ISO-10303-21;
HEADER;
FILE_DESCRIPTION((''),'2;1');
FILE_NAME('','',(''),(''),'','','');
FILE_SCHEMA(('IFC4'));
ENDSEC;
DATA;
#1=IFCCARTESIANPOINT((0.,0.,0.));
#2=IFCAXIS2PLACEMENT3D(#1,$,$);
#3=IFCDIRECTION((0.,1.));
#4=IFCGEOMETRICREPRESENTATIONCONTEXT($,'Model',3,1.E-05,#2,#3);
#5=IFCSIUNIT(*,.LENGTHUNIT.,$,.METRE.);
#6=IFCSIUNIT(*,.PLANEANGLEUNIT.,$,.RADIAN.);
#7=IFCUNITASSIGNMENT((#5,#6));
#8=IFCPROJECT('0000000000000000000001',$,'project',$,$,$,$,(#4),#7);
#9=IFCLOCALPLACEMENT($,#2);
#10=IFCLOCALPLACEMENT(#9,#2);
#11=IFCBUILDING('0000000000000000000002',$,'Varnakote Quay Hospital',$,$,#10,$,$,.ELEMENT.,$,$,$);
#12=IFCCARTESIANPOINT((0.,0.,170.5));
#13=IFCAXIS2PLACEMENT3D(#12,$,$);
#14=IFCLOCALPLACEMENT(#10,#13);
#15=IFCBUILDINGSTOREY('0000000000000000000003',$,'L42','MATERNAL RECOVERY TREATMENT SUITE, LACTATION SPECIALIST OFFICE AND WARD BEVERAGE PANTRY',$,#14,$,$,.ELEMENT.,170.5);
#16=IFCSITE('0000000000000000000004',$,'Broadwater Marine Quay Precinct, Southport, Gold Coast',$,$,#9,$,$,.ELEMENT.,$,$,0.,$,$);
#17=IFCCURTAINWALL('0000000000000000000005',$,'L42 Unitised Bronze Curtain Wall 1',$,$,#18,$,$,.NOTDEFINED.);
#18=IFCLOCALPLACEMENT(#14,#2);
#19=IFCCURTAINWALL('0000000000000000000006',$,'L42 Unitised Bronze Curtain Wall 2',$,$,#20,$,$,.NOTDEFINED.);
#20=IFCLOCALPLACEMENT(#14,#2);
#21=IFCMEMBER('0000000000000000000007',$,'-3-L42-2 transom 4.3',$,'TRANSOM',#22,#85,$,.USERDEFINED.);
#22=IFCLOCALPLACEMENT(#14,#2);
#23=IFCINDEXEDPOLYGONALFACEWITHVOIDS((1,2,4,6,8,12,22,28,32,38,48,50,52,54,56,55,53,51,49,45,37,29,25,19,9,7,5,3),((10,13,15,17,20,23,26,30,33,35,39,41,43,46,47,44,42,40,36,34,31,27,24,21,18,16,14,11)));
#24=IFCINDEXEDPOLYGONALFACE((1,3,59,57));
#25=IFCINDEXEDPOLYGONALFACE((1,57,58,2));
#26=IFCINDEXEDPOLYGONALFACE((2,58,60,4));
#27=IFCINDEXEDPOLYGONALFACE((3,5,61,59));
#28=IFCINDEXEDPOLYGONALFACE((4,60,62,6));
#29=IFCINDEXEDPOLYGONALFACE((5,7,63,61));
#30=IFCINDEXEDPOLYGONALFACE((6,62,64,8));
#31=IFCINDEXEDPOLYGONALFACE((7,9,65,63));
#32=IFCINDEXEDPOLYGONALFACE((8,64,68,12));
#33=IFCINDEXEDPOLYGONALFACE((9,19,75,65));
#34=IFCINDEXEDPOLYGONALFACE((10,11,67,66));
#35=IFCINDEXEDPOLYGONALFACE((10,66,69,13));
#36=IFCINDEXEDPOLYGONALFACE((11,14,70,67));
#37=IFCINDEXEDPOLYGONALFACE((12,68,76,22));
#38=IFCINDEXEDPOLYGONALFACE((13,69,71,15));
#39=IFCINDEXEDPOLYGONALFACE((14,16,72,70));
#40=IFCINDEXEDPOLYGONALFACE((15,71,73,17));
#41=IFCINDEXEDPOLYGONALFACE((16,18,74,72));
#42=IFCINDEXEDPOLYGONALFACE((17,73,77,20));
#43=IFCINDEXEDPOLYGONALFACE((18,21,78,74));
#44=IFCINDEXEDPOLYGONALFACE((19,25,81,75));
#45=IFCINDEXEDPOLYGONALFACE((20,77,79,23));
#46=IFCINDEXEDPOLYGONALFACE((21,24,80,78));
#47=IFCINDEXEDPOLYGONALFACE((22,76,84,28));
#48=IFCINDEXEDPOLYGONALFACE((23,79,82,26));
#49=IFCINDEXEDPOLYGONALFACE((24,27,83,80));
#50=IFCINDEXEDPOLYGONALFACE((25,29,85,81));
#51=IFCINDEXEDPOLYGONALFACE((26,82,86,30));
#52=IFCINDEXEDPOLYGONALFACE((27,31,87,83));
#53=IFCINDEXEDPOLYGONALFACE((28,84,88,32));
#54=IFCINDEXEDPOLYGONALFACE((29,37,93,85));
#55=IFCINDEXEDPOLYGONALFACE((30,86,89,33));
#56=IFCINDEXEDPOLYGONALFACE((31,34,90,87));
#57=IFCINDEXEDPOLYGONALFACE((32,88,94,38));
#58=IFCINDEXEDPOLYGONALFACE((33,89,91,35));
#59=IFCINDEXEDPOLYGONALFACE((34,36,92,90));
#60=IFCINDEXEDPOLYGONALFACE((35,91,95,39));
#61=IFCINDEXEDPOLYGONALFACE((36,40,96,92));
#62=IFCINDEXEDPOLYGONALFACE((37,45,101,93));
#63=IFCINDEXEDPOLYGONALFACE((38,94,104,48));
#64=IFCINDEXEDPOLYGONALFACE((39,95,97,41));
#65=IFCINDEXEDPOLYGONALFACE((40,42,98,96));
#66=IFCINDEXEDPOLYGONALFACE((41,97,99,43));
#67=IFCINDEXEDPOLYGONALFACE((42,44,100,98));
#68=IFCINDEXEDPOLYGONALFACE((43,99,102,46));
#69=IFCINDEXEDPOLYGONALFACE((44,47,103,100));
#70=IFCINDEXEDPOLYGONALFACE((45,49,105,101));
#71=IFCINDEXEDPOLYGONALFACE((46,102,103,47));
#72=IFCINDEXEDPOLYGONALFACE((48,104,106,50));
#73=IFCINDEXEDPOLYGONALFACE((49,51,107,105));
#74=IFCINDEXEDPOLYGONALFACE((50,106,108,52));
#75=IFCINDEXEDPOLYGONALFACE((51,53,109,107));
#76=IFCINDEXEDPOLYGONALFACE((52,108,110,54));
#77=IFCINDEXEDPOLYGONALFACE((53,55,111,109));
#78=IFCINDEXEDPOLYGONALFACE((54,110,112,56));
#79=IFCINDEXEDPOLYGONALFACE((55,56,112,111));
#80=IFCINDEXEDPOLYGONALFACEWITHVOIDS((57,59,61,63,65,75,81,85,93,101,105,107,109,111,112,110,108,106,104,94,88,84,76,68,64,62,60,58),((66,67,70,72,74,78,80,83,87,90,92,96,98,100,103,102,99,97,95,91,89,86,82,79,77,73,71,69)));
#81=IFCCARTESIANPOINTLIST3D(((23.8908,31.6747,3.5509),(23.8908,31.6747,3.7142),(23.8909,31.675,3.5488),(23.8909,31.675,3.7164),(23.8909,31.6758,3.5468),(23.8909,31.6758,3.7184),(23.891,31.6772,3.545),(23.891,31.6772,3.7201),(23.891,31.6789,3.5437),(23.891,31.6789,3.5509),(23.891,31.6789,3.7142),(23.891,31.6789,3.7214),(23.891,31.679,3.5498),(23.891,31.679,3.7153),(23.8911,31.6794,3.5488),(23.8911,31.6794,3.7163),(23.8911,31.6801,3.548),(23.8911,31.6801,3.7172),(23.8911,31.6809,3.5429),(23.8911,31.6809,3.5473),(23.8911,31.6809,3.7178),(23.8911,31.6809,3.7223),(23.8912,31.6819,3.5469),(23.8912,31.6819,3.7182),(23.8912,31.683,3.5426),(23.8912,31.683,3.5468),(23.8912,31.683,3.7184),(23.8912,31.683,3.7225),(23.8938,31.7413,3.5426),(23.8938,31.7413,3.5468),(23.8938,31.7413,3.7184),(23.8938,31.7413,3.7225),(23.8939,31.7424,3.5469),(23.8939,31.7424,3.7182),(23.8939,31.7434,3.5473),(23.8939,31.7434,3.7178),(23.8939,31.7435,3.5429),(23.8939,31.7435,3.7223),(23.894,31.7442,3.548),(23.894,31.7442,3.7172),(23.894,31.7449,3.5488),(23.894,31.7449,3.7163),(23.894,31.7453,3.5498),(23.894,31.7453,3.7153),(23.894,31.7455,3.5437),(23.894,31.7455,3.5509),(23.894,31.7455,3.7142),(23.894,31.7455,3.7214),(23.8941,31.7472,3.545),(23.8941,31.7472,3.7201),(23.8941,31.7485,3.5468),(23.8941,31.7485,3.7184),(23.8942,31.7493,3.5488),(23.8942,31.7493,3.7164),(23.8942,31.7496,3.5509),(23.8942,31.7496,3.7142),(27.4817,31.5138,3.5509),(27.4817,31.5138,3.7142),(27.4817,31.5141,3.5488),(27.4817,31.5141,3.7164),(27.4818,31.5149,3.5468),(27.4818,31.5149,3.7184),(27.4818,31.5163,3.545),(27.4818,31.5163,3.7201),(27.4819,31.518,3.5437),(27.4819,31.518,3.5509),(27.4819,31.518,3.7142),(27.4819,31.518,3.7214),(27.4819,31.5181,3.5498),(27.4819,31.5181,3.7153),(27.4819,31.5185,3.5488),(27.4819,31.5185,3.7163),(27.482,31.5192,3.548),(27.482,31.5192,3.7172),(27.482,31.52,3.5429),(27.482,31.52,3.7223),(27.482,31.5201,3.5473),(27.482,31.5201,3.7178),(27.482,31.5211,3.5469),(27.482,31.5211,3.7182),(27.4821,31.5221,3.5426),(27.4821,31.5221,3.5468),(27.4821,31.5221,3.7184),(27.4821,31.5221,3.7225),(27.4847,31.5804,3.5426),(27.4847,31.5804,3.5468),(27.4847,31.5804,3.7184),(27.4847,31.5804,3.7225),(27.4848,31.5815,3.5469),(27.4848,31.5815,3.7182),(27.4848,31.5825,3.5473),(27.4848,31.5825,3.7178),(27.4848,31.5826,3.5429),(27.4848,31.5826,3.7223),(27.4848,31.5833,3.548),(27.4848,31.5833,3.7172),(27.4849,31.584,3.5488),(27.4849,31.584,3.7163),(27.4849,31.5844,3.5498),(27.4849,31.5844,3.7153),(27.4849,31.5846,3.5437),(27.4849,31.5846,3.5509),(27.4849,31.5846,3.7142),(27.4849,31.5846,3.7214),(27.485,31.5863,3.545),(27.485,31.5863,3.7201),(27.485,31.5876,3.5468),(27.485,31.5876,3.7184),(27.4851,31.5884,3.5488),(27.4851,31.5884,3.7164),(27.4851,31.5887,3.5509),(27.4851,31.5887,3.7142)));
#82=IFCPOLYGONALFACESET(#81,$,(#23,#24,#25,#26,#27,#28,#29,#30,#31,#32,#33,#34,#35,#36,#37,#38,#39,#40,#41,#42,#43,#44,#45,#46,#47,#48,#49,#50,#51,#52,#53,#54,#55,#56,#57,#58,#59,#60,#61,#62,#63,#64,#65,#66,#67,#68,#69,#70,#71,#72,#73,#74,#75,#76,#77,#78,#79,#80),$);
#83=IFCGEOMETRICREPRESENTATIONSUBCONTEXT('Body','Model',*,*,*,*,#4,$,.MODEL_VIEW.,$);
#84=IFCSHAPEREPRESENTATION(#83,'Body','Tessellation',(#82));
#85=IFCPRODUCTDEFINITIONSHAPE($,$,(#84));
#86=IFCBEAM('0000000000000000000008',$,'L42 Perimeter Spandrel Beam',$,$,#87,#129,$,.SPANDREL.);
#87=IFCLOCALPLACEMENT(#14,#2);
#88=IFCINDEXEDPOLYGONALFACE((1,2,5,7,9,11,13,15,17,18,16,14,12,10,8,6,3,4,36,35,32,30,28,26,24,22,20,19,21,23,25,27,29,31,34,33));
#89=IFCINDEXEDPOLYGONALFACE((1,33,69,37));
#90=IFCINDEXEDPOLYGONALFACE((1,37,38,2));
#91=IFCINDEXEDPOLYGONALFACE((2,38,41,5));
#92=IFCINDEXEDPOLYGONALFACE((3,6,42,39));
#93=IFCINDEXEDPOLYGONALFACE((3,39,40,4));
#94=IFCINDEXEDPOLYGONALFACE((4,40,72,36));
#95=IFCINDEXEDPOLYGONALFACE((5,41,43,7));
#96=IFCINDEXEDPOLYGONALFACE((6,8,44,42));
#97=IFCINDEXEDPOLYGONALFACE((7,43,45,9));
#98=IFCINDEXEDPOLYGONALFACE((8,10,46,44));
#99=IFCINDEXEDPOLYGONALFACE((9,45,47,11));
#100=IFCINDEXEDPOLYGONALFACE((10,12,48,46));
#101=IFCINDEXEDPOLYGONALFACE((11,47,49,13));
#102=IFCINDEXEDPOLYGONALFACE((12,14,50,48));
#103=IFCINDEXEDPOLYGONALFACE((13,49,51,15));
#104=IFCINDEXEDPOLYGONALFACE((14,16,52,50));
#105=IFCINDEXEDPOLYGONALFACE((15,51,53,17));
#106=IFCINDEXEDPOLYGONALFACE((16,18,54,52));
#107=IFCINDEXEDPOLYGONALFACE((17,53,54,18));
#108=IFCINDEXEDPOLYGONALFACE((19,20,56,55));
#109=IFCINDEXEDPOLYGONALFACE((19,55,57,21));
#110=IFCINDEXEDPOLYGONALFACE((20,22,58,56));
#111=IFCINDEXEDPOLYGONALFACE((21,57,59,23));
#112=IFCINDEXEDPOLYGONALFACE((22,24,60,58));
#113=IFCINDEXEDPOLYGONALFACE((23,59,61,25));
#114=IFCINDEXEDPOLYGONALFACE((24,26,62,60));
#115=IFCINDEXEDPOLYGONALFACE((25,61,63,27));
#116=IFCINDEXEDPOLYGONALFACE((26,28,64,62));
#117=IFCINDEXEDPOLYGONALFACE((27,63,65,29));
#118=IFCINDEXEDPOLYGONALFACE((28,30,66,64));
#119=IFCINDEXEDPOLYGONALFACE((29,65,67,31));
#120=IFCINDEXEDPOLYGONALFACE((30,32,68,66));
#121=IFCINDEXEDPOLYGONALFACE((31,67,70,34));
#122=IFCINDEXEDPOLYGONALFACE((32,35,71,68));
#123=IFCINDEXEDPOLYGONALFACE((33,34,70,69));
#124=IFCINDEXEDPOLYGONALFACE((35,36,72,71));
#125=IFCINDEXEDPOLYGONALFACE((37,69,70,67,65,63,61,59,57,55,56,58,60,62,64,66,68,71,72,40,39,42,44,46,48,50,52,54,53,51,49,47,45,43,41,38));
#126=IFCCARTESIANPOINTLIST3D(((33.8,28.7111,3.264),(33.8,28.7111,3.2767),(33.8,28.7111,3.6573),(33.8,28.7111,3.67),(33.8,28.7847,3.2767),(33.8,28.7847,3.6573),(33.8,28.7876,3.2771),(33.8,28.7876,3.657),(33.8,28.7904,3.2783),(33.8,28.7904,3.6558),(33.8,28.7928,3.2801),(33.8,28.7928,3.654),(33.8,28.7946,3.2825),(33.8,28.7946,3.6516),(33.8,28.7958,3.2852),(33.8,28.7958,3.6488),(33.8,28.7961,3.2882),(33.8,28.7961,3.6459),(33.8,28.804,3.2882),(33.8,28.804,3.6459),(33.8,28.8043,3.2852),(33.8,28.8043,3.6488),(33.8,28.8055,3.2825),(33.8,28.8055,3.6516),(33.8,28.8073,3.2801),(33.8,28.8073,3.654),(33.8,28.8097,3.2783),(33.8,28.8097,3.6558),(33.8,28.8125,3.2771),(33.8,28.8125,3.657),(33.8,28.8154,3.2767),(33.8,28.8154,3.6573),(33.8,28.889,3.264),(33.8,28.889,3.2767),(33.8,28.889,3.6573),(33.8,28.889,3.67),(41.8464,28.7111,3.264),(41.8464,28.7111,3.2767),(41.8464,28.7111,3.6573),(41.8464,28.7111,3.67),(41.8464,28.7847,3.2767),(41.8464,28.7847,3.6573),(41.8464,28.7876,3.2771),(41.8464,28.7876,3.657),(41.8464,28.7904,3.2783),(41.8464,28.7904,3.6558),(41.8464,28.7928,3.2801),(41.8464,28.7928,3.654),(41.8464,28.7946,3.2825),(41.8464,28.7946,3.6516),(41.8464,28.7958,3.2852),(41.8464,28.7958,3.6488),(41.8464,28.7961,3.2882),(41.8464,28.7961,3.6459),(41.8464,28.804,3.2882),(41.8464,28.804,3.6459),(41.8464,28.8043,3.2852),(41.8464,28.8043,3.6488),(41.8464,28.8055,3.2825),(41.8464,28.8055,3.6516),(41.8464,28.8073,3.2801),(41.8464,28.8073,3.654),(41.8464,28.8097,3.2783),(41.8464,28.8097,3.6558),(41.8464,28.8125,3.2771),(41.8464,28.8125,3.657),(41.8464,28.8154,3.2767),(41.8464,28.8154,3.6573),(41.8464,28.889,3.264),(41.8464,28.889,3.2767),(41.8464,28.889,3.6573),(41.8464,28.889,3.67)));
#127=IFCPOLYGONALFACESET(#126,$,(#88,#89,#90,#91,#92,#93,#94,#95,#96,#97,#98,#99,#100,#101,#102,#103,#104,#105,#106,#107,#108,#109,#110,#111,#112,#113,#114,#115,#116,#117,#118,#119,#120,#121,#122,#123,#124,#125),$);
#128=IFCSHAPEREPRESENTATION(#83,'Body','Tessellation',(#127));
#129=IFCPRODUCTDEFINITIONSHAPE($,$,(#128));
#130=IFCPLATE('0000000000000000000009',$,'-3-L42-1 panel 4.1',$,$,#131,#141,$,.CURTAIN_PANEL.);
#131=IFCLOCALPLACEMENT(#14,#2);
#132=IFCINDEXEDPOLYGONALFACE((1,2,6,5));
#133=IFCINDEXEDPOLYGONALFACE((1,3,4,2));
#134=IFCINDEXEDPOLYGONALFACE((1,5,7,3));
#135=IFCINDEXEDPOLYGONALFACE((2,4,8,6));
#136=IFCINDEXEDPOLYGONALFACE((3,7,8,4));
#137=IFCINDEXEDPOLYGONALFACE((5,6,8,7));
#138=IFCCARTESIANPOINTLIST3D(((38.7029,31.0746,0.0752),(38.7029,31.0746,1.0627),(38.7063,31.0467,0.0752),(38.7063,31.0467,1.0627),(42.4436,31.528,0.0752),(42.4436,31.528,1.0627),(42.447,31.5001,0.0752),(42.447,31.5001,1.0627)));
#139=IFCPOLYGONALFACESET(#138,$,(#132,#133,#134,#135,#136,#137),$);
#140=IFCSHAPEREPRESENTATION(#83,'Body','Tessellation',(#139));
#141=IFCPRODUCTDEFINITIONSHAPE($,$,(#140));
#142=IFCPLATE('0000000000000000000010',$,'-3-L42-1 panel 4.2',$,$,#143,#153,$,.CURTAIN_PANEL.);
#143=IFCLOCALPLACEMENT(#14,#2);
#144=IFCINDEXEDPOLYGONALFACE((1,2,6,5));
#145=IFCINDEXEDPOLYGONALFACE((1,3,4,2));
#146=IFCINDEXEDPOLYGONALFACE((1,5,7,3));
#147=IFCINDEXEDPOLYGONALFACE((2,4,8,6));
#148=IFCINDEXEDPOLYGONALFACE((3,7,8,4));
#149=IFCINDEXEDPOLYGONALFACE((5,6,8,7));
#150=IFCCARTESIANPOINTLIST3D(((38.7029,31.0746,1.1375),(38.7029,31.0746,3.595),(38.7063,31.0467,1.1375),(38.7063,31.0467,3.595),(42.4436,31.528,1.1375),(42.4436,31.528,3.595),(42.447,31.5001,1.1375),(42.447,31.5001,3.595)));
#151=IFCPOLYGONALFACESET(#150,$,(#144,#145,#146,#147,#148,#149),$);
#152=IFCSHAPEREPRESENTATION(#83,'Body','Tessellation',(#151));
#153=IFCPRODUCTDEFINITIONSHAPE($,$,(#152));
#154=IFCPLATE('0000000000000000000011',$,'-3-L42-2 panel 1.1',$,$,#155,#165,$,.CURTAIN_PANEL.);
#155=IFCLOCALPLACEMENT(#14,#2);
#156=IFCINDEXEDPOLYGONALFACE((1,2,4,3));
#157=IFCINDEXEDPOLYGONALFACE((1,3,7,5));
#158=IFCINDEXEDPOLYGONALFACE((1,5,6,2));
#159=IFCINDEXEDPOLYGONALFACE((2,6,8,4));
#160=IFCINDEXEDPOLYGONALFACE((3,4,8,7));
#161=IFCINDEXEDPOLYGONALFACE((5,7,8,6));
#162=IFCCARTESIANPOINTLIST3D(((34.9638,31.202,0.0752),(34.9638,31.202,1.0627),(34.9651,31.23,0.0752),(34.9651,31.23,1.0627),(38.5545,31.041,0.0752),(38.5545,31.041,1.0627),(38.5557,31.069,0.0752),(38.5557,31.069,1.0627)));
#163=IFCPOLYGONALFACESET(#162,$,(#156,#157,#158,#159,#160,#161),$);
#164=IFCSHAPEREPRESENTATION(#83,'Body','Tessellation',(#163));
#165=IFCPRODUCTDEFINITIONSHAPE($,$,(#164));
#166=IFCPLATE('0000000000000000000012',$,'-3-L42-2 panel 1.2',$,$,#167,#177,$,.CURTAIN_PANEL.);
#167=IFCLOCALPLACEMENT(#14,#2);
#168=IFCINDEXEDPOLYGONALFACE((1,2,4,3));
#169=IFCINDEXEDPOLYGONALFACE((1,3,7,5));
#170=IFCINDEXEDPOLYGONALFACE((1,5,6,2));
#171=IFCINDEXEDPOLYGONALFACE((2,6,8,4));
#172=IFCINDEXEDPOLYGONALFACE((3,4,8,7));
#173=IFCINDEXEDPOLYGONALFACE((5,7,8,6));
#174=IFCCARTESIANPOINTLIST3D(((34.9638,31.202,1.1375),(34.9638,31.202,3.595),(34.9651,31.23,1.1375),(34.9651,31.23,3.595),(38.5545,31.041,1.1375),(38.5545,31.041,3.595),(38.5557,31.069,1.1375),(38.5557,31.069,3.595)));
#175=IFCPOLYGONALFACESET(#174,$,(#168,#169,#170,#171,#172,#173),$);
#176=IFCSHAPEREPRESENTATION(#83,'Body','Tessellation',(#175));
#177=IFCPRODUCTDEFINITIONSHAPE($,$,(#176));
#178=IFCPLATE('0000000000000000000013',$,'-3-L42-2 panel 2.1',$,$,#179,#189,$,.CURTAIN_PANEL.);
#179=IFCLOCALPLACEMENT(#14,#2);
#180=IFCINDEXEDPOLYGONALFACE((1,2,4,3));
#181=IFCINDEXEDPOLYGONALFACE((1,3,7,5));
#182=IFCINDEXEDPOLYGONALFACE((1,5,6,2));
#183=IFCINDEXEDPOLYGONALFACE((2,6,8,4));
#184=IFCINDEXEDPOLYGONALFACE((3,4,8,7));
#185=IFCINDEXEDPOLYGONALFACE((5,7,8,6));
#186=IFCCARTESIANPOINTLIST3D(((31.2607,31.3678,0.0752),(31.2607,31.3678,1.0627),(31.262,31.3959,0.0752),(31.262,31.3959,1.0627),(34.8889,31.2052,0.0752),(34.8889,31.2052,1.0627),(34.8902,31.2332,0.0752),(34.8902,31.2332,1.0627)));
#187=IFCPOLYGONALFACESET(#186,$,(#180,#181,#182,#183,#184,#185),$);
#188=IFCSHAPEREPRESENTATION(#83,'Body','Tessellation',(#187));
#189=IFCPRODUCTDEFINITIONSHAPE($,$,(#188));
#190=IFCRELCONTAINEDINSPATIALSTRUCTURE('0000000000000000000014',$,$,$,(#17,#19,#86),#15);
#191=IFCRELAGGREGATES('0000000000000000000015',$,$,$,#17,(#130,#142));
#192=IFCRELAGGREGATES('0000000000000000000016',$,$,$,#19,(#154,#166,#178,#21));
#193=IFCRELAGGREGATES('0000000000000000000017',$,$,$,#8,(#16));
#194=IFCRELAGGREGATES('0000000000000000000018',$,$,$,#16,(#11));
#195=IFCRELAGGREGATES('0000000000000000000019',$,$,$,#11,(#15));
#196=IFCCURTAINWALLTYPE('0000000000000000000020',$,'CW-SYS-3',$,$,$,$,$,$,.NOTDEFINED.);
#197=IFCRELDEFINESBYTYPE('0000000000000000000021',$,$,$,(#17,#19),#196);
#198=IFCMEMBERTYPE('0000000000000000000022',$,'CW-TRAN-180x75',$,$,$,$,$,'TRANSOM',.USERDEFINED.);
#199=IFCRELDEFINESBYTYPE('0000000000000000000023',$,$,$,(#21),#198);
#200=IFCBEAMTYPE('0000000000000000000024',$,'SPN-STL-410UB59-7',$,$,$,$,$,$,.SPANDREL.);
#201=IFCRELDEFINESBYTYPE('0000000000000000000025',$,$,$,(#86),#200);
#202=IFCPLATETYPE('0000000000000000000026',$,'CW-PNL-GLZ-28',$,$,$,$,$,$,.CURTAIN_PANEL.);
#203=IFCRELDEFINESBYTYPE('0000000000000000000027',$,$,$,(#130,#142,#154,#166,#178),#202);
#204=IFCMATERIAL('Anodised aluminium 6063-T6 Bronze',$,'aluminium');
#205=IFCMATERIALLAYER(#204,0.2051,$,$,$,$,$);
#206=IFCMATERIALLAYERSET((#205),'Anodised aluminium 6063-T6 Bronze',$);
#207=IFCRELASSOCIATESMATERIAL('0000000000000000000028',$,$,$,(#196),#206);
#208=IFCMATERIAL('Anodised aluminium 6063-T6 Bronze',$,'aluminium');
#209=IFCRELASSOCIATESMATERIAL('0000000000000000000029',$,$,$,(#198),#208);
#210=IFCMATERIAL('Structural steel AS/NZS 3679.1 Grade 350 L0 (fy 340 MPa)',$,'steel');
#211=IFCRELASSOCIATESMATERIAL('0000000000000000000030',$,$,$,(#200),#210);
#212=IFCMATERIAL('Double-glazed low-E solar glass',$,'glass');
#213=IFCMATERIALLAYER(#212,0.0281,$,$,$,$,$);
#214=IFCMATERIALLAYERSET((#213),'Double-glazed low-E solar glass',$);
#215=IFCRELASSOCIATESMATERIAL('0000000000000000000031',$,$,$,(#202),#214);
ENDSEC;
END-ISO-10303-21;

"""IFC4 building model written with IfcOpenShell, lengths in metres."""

from ifc_helpers import new_model, si_unit, direction, frame, origin, origin_2d, place, context, subcontext, project, spatial, rectangle, hollow_rectangle, i_section, extrude, material, layer, layer_set, material_profile, profile_set, type_object, element, aggregate, save


model = new_model("IFC4")

# Units and contexts
model_context = context("Model", 3, precision=1e-05, world=origin(), true_north=direction((0.0, 1.0)))
body_context = subcontext(model_context, "Body", "Model", "MODEL_VIEW")
ifc_project = project(units=[si_unit("LENGTHUNIT", "METRE"), si_unit("PLANEANGLEUNIT", "RADIAN")], contexts=[model_context])

# Site, building, storey
site_placement = place(None, origin())
site = spatial("IfcSite", under=ifc_project, at=site_placement, Name="Broadwater Marine Quay Precinct, Southport, Gold Coast", CompositionType="ELEMENT", RefElevation=0.0)
building_placement = place(site_placement, origin())
building = spatial("IfcBuilding", under=site, at=building_placement, Name="Varnakote Quay Hospital", CompositionType="ELEMENT")
storey_placement = place(building_placement, frame((0.0, 0.0, 170.5)))
storey = spatial("IfcBuildingStorey", under=building, at=storey_placement, Name="L42", Description="MATERNAL RECOVERY TREATMENT SUITE, LACTATION SPECIALIST OFFICE AND WARD BEVERAGE PANTRY", CompositionType="ELEMENT", Elevation=170.5)

# Curtain wall
ifc_material_1 = material(Name="Anodised aluminium 6063-T6 Bronze", Category="aluminium")
ifc_layer_1 = layer(ifc_material_1, 0.2051)
ifc_layer_set_1 = layer_set([ifc_layer_1], Name="Anodised aluminium 6063-T6 Bronze")
curtain_wall_type = type_object("IfcCurtainWallType", Name="CW-SYS-3", PredefinedType="NOTDEFINED", material=ifc_layer_set_1)
curtain_wall_1_placement = place(storey_placement, origin())
curtain_wall_1 = element("IfcCurtainWall", 1, at=curtain_wall_1_placement, inside=storey, type_object=curtain_wall_type, Name="L42 Unitised Bronze Curtain Wall 1", PredefinedType="NOTDEFINED")

# Curtain wall, member
curtain_wall_2_placement = place(storey_placement, origin())
curtain_wall_2 = element("IfcCurtainWall", 2, at=curtain_wall_2_placement, inside=storey, type_object=curtain_wall_type, Name="L42 Unitised Bronze Curtain Wall 2", PredefinedType="NOTDEFINED")
ifc_material_2 = material(Name="Anodised aluminium 6063-T6 Bronze", Category="aluminium")
ifc_material_profile_1 = material_profile(ifc_material_2, hollow_rectangle(XDim=0.075, YDim=0.1799, WallThickness=0.0042, InnerFilletRadius=0.0042, OuterFilletRadius=0.0083, at=origin_2d()), Name="CW-TRAN-180x75")
ifc_profile_set_1 = profile_set([ifc_material_profile_1], Name="Anodised aluminium 6063-T6 Bronze")
member_type_1 = type_object("IfcMemberType", Name="CW-TRAN-180x75", ElementType="TRANSOM", PredefinedType="USERDEFINED", material=ifc_profile_set_1)
member_1_placement = place(storey_placement, frame((27.4834, 31.5513, 3.6326), z_axis=(-0.998998, 0.044761, 0.0), x_axis=(-0.044761, -0.998998, 0.0)))
member_1 = element("IfcMember", 3, at=member_1_placement, type_object=member_type_1, Name="-3-L42-2 transom 4.3", ObjectType="TRANSOM", PredefinedType="USERDEFINED", context=body_context, shape_type="SweptSolid", body=[
    extrude(hollow_rectangle(XDim=0.075, YDim=0.1799, WallThickness=0.0042, InnerFilletRadius=0.0042, OuterFilletRadius=0.0083, at=origin_2d()), origin(), (0.0, 0.0, 1.0), 3.5945),
])

# Beam
ifc_material_3 = material(Name="Structural steel AS/NZS 3679.1 Grade 350 L0 (fy 340 MPa)", Category="steel")
ifc_material_profile_2 = material_profile(ifc_material_3, i_section(OverallWidth=0.178, OverallDepth=0.406, WebThickness=0.0078, FlangeThickness=0.0127, FilletRadius=0.0115, at=origin_2d()), Name="410UB59.7")
ifc_profile_set_2 = profile_set([ifc_material_profile_2], Name="Structural steel AS/NZS 3679.1 Grade 350 L0 (fy 340 MPa)")
beam_type = type_object("IfcBeamType", Name="SPN-STL-410UB59-7", PredefinedType="SPANDREL", material=ifc_profile_set_2)
beam_placement = place(storey_placement, frame((33.8, 28.8, 3.467), z_axis=(1.0, 0.0, 0.0), x_axis=(0.0, 1.0, 0.0)))
element("IfcBeam", 4, at=beam_placement, inside=storey, type_object=beam_type, Name="L42 Perimeter Spandrel Beam", PredefinedType="SPANDREL", context=body_context, shape_type="SweptSolid", body=[
    extrude(i_section(OverallWidth=0.178, OverallDepth=0.406, WebThickness=0.0078, FlangeThickness=0.0127, FilletRadius=0.0115, at=origin_2d()), origin(), (0.0, 0.0, 1.0), 8.0464),
])

# Plates
ifc_material_4 = material(Name="Double-glazed low-E solar glass", Category="glass")
ifc_layer_2 = layer(ifc_material_4, 0.0281)
ifc_layer_set_2 = layer_set([ifc_layer_2], Name="Double-glazed low-E solar glass")
plate_type = type_object("IfcPlateType", Name="CW-PNL-GLZ-28", PredefinedType="CURTAIN_PANEL", material=ifc_layer_set_2)
plate_1_placement = place(storey_placement, frame((40.575, 31.2874, 0.0752), z_axis=(0.0, 0.0, 1.0), x_axis=(-0.992734, -0.120327, 0.0)))
plate_1 = element("IfcPlate", 5, at=plate_1_placement, type_object=plate_type, Name="-3-L42-1 panel 4.1", PredefinedType="CURTAIN_PANEL", context=body_context, shape_type="SweptSolid", body=[
    extrude(rectangle(XDim=3.7681, YDim=0.0281, at=origin_2d()), origin(), (0.0, 0.0, 1.0), 0.9875),
])
plate_2_placement = place(storey_placement, frame((40.575, 31.2874, 1.1375), z_axis=(0.0, 0.0, 1.0), x_axis=(-0.992734, -0.120327, 0.0)))
plate_2 = element("IfcPlate", 6, at=plate_2_placement, type_object=plate_type, Name="-3-L42-1 panel 4.2", PredefinedType="CURTAIN_PANEL", context=body_context, shape_type="SweptSolid", body=[
    extrude(rectangle(XDim=3.7681, YDim=0.0281, at=origin_2d()), origin(), (0.0, 0.0, 1.0), 2.4575),
])
aggregate(curtain_wall_1, [plate_1, plate_2])
plate_3_placement = place(storey_placement, frame((36.7598, 31.1355, 0.0752), z_axis=(0.0, 0.0, 1.0), x_axis=(-0.998997, 0.044782, 0.0)))
plate_3 = element("IfcPlate", 7, at=plate_3_placement, type_object=plate_type, Name="-3-L42-2 panel 1.1", PredefinedType="CURTAIN_PANEL", context=body_context, shape_type="SweptSolid", body=[
    extrude(rectangle(XDim=3.5942, YDim=0.0281, at=origin_2d()), origin(), (0.0, 0.0, 1.0), 0.9875),
])
plate_4_placement = place(storey_placement, frame((36.7598, 31.1355, 1.1375), z_axis=(0.0, 0.0, 1.0), x_axis=(-0.998997, 0.044782, 0.0)))
plate_4 = element("IfcPlate", 8, at=plate_4_placement, type_object=plate_type, Name="-3-L42-2 panel 1.2", PredefinedType="CURTAIN_PANEL", context=body_context, shape_type="SweptSolid", body=[
    extrude(rectangle(XDim=3.5942, YDim=0.0281, at=origin_2d()), origin(), (0.0, 0.0, 1.0), 2.4575),
])
plate_5_placement = place(storey_placement, frame((33.0754, 31.3005, 0.0752), z_axis=(0.0, 0.0, 1.0), x_axis=(-0.998997, 0.044782, 0.0)))
plate_5 = element("IfcPlate", 9, at=plate_5_placement, type_object=plate_type, Name="-3-L42-2 panel 2.1", PredefinedType="CURTAIN_PANEL", context=body_context, shape_type="SweptSolid", body=[
    extrude(rectangle(XDim=3.6318, YDim=0.0281, at=origin_2d()), origin(), (0.0, 0.0, 1.0), 0.9875),
])
aggregate(curtain_wall_2, [plate_3, plate_4, plate_5, member_1])

save(model, "model.ifc")
